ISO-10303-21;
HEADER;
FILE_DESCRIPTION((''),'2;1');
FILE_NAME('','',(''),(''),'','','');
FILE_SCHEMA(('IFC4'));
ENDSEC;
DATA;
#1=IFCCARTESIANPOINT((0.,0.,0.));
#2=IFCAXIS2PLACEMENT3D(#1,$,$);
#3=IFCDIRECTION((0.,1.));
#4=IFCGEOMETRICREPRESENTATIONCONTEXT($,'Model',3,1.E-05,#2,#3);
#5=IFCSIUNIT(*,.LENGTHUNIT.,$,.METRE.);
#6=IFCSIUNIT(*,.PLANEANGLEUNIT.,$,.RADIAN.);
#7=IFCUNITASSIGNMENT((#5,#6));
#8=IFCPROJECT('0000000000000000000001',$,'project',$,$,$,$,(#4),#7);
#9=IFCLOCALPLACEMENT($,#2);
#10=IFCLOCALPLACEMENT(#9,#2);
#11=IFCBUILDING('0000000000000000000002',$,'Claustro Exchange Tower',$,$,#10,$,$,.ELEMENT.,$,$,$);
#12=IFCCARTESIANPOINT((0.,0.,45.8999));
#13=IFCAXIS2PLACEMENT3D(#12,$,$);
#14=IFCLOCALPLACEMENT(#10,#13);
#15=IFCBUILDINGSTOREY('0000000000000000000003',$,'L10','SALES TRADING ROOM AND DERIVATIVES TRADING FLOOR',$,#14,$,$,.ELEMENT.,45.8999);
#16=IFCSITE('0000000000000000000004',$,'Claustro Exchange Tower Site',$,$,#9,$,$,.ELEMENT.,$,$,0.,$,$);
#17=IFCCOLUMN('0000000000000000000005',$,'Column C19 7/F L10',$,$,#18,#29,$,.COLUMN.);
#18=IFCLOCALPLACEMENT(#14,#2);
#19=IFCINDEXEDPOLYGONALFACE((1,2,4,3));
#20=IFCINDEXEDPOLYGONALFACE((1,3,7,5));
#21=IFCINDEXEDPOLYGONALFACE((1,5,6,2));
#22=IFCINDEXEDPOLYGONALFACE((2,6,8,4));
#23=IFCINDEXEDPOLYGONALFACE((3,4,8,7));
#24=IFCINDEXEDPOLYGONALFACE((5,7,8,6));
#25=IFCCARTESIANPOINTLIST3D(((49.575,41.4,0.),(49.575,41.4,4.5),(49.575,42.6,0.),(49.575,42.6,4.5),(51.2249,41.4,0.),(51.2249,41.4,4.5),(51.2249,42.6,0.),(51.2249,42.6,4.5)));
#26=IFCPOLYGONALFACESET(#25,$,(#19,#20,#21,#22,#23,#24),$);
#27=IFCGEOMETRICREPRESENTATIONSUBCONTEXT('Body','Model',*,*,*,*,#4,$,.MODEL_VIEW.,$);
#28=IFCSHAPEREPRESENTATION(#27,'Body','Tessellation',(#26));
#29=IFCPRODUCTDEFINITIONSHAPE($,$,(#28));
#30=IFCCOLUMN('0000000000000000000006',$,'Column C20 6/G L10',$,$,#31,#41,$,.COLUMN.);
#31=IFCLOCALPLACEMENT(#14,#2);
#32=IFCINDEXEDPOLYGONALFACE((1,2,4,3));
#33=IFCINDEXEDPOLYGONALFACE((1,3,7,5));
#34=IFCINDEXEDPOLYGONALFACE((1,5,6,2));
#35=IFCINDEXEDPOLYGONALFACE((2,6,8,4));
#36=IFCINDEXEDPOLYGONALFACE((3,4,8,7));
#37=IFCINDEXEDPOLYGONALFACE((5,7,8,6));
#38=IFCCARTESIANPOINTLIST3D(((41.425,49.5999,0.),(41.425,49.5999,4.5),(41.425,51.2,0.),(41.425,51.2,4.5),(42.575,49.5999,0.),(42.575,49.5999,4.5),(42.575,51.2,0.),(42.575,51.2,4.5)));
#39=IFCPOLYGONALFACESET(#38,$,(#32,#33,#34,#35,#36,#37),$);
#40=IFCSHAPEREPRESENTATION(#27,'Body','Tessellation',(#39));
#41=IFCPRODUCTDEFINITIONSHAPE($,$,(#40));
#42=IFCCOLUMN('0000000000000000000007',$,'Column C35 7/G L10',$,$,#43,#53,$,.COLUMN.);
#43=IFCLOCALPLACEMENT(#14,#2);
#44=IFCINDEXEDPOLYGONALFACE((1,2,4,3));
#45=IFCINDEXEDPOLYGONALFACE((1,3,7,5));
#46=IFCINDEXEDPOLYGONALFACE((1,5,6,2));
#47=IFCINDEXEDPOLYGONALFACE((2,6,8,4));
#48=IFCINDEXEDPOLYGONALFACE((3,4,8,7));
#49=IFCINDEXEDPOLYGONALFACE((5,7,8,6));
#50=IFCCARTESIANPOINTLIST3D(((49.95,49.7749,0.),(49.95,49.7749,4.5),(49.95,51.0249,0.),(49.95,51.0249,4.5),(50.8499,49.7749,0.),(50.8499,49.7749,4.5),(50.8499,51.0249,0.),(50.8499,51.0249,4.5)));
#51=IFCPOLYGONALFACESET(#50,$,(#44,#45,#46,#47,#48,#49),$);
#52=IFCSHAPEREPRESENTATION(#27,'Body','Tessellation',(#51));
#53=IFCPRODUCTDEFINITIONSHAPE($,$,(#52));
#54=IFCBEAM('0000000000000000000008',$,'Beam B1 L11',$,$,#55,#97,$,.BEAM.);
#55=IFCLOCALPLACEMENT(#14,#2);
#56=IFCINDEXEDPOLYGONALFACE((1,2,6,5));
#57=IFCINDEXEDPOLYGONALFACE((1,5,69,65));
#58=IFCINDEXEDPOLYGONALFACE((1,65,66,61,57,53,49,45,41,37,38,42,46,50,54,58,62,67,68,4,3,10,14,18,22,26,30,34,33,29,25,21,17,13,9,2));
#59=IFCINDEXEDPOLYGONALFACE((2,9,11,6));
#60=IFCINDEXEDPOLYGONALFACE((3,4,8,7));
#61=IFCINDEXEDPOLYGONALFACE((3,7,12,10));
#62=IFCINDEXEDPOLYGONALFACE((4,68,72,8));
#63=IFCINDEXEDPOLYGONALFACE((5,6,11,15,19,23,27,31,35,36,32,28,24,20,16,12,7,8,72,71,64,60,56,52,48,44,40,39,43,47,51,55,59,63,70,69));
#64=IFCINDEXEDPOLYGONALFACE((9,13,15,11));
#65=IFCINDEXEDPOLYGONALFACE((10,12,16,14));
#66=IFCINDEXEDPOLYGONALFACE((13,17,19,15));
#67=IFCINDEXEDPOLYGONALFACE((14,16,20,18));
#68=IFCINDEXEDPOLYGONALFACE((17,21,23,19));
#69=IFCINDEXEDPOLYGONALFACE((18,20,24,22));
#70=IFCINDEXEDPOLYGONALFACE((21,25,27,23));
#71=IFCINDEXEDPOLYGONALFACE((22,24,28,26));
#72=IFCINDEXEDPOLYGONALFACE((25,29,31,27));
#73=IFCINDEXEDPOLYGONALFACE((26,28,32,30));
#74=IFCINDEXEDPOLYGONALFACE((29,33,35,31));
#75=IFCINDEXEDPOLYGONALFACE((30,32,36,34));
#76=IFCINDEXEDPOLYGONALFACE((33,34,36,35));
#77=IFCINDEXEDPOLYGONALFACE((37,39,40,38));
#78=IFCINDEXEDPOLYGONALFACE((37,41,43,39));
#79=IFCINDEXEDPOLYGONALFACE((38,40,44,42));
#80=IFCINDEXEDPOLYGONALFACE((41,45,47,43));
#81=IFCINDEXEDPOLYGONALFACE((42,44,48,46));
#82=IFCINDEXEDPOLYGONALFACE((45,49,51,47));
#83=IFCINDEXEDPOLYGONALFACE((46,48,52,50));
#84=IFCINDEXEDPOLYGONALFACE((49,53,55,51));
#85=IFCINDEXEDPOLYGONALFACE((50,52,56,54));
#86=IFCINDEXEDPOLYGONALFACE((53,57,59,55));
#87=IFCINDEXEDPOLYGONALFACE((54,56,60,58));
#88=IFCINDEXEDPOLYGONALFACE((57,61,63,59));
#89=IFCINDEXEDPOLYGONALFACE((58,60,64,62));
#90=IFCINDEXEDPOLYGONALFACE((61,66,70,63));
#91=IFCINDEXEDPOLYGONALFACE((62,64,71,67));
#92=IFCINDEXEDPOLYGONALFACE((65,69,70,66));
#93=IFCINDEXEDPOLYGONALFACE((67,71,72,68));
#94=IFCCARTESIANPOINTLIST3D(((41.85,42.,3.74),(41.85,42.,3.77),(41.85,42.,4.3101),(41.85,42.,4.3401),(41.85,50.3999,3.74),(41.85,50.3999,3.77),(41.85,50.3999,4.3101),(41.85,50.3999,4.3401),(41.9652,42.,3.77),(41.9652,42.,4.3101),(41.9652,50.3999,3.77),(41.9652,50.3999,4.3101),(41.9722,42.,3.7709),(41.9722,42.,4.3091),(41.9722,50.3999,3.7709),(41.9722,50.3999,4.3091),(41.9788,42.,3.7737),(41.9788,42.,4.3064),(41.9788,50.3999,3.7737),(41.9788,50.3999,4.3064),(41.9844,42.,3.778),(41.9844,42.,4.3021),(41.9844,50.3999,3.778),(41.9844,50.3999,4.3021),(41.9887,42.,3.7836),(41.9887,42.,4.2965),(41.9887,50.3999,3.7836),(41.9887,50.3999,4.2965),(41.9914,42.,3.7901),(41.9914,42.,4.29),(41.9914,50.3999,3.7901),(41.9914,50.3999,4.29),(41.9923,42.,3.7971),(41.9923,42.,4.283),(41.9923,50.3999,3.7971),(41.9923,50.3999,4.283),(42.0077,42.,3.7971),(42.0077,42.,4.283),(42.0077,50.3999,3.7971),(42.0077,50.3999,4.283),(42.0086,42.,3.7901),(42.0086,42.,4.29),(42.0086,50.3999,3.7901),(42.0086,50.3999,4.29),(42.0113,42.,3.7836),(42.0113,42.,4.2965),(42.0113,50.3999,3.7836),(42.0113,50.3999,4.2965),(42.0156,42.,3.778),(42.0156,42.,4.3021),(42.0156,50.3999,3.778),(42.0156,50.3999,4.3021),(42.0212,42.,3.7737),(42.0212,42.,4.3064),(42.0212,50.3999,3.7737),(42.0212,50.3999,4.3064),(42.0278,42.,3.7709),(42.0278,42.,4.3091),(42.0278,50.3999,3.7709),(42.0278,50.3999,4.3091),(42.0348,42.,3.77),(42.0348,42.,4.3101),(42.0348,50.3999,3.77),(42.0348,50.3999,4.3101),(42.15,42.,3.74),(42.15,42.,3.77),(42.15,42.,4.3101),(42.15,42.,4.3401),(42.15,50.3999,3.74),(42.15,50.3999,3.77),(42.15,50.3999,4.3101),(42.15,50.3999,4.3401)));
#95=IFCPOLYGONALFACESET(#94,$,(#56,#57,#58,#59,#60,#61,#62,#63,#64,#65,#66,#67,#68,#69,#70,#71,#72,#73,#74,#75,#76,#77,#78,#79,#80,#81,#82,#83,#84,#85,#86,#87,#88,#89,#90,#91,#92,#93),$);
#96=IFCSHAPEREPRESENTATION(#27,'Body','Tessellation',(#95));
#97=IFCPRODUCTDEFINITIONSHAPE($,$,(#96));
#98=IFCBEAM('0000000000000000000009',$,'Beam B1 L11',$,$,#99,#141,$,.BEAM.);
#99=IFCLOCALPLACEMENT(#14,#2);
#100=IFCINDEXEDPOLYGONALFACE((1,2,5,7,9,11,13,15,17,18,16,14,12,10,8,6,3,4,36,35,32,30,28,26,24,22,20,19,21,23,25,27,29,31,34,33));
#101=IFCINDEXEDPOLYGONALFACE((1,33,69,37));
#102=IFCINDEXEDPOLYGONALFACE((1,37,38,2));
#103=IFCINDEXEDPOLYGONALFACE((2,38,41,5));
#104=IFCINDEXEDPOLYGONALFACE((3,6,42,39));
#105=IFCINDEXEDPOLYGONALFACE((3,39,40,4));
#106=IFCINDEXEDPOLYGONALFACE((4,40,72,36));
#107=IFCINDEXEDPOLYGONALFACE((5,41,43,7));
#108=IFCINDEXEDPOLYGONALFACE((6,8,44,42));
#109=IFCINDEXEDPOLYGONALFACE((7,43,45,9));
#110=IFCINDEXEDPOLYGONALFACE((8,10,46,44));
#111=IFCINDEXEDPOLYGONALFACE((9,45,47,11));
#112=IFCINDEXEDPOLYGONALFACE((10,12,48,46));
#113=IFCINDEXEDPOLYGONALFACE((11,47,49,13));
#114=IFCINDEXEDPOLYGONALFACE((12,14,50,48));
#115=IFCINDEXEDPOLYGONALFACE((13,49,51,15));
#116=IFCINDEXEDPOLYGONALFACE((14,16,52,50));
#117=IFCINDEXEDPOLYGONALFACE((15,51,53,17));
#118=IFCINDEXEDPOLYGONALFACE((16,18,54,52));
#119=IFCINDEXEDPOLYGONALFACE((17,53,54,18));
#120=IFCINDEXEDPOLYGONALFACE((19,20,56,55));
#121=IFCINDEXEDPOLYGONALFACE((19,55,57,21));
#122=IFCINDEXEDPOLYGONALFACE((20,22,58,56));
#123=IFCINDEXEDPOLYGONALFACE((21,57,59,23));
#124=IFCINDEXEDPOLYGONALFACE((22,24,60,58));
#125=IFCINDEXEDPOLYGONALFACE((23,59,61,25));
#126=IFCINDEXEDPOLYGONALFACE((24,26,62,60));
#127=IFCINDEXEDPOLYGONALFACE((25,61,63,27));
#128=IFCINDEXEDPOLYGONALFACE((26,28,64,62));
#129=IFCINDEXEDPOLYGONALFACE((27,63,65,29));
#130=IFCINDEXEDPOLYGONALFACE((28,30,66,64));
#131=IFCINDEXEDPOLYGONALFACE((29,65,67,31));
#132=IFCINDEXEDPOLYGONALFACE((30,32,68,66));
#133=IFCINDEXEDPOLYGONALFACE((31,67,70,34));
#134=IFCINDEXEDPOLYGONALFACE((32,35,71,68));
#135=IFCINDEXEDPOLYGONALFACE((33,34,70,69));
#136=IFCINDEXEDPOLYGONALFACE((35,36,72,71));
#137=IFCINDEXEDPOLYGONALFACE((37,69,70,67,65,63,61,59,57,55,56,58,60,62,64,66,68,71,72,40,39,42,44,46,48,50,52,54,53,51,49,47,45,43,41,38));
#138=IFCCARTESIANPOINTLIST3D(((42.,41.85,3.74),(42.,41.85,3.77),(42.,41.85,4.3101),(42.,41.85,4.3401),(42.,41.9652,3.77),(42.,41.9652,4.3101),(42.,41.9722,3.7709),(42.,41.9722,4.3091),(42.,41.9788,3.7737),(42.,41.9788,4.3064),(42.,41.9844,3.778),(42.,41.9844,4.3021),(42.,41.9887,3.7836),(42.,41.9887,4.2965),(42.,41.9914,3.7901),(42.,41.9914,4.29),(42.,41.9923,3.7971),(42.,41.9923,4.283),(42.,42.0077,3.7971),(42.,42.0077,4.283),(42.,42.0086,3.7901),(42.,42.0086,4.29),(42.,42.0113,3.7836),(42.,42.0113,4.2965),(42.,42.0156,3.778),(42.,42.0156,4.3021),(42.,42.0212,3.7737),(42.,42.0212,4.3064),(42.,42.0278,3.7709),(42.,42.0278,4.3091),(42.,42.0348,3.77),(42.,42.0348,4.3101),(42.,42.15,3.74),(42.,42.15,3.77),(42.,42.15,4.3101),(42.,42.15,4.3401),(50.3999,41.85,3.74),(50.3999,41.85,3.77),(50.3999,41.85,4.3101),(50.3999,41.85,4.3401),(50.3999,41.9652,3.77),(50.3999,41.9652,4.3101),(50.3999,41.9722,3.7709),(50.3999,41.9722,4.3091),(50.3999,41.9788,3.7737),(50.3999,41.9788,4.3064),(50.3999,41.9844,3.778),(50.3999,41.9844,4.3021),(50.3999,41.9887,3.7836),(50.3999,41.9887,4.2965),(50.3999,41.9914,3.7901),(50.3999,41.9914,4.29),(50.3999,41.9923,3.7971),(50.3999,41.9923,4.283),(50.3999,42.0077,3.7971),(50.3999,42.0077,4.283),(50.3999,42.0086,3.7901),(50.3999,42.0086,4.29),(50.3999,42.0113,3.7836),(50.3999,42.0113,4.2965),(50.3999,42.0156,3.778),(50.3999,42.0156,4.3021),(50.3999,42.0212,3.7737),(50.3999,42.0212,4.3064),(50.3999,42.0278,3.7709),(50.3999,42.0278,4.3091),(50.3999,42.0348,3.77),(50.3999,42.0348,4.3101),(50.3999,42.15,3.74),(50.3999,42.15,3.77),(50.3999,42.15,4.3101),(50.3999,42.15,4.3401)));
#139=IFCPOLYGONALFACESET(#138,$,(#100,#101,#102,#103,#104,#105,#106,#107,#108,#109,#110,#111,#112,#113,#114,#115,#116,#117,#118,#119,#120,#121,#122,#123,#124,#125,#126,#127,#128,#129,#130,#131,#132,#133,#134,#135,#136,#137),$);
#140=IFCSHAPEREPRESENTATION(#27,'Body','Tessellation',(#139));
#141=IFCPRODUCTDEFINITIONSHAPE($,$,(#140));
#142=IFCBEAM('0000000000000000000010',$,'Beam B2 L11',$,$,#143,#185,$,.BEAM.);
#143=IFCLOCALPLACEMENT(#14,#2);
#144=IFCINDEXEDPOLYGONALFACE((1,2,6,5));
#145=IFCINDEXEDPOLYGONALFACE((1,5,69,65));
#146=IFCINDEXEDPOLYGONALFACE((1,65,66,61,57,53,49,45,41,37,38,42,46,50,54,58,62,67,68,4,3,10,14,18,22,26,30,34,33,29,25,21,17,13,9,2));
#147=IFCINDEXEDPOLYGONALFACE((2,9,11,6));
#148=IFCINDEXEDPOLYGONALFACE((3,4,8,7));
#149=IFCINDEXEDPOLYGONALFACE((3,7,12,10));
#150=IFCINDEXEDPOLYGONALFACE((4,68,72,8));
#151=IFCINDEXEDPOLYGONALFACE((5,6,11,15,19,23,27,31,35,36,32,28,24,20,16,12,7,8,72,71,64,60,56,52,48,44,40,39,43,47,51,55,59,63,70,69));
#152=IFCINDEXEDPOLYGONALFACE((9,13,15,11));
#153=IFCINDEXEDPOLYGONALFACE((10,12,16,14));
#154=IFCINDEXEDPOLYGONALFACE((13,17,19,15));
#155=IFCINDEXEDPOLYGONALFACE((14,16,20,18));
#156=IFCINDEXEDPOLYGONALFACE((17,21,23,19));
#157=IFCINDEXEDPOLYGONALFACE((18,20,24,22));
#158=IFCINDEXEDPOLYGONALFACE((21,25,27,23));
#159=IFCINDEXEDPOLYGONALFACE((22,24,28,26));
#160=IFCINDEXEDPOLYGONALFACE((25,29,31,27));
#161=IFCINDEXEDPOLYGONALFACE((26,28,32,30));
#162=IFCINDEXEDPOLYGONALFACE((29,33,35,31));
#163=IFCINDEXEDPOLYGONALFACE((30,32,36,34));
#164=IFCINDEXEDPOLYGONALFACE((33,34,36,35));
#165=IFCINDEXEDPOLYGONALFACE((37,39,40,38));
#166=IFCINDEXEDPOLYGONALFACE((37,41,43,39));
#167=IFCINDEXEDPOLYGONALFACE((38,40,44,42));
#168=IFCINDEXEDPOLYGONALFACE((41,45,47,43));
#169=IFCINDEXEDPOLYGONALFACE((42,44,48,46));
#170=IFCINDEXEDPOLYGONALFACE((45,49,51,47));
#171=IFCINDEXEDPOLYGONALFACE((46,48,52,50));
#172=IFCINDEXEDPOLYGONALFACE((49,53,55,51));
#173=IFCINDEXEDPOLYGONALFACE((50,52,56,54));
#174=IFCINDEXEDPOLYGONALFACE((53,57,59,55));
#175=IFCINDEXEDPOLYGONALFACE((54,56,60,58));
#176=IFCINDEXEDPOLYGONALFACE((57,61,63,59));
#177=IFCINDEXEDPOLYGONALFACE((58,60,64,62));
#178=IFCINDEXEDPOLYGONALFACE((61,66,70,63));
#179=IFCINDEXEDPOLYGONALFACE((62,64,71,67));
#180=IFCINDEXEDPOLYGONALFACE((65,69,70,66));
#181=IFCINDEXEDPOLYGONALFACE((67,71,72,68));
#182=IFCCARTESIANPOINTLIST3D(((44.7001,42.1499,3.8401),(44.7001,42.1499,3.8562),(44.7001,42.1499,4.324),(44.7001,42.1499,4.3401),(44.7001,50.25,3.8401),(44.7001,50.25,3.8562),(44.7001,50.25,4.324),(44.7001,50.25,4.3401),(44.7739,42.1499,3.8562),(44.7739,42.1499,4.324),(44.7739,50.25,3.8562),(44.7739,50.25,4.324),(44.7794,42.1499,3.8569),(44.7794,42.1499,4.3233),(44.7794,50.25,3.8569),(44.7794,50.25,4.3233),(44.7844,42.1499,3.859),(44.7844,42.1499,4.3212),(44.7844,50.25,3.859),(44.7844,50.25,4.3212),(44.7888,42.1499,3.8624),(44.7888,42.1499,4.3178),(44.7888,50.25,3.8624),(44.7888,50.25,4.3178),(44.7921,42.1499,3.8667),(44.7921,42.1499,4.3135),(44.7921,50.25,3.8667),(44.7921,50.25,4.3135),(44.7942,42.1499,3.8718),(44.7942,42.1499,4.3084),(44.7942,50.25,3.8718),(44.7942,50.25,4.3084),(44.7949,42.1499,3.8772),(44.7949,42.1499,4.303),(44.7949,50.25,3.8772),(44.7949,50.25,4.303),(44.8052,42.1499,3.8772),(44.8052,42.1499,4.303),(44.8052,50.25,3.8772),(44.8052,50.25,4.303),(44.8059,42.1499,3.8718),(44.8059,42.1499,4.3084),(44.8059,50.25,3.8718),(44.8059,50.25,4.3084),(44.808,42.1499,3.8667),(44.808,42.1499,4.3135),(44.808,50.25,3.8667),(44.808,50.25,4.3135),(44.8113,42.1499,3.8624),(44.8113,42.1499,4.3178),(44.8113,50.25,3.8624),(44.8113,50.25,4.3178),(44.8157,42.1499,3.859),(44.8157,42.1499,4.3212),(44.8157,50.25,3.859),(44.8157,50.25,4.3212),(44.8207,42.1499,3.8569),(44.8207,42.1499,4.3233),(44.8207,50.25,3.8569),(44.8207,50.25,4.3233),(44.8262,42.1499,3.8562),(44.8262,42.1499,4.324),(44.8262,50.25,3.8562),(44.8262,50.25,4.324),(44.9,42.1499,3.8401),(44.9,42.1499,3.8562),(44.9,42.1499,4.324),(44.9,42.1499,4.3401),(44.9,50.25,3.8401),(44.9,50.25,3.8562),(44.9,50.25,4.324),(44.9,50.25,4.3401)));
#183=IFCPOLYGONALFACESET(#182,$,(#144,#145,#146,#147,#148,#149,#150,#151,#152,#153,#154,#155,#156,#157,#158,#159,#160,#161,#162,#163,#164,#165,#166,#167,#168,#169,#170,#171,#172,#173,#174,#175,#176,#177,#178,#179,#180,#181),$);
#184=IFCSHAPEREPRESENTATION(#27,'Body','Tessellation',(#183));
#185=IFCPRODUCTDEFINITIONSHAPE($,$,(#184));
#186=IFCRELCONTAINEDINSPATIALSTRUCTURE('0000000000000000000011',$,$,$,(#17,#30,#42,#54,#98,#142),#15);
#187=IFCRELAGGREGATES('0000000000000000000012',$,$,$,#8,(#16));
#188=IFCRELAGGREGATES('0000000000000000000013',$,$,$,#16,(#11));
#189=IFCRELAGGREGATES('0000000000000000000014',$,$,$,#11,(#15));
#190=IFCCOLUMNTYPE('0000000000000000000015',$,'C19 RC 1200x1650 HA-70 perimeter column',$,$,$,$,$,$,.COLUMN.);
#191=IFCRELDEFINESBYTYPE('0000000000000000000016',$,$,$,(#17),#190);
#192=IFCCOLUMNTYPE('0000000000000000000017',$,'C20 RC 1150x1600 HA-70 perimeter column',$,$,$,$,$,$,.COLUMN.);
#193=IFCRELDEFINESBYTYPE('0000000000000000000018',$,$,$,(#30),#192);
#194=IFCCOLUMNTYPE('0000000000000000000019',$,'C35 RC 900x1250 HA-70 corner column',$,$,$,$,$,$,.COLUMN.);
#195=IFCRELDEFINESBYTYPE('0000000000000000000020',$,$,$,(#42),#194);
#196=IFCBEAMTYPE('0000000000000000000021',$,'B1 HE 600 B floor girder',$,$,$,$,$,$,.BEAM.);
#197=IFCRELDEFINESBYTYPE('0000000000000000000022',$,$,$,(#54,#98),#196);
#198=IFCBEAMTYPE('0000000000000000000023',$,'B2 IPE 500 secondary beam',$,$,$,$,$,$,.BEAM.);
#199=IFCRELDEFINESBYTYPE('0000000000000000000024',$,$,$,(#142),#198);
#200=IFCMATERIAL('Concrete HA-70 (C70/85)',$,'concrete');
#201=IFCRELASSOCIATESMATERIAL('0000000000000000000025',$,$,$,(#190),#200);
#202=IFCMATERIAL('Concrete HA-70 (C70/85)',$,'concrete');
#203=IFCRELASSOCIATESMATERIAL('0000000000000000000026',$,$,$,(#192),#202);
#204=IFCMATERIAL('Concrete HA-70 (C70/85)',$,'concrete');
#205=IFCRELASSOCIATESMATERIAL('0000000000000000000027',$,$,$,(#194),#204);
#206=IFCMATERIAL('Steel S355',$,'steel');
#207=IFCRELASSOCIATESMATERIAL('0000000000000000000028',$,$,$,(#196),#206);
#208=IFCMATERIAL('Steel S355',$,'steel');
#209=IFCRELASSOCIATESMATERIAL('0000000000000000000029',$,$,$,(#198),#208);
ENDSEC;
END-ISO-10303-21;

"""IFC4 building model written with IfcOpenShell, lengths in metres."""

from ifc_helpers import new_model, si_unit, direction, frame, origin, origin_2d, place, context, subcontext, project, spatial, rectangle, i_section, extrude, material, material_profile, profile_set, type_object, element, save


model = new_model("IFC4")

# Units and contexts
model_context = context("Model", 3, precision=1e-05, world=origin(), true_north=direction((0.0, 1.0)))
body_context = subcontext(model_context, "Body", "Model", "MODEL_VIEW")
ifc_project = project(units=[si_unit("LENGTHUNIT", "METRE"), si_unit("PLANEANGLEUNIT", "RADIAN")], contexts=[model_context])

# Site, building, storey
site_placement = place(None, origin())
site = spatial("IfcSite", under=ifc_project, at=site_placement, Name="Claustro Exchange Tower Site", CompositionType="ELEMENT", RefElevation=0.0)
building_placement = place(site_placement, origin())
building = spatial("IfcBuilding", under=site, at=building_placement, Name="Claustro Exchange Tower", CompositionType="ELEMENT")
storey_placement = place(building_placement, frame((0.0, 0.0, 45.8999)))
storey = spatial("IfcBuildingStorey", under=building, at=storey_placement, Name="L10", Description="SALES TRADING ROOM AND DERIVATIVES TRADING FLOOR", CompositionType="ELEMENT", Elevation=45.8999)

# Columns
ifc_material_1 = material(Name="Concrete HA-70 (C70/85)", Category="concrete")
ifc_material_profile_1 = material_profile(ifc_material_1, rectangle(XDim=1.2, YDim=1.6499, at=origin_2d()), Name="RC 1200x1650")
ifc_profile_set_1 = profile_set([ifc_material_profile_1], Name="Concrete HA-70 (C70/85)")
column_type_1 = type_object("IfcColumnType", Name="C19 RC 1200x1650 HA-70 perimeter column", PredefinedType="COLUMN", material=ifc_profile_set_1)
column_1_placement = place(storey_placement, frame((50.3999, 42.0, 0.0), z_axis=(0.0, 0.0, 1.0), x_axis=(0.0, 1.0, 0.0)))
element("IfcColumn", 1, at=column_1_placement, inside=storey, type_object=column_type_1, Name="Column C19 7/F L10", PredefinedType="COLUMN", context=body_context, shape_type="SweptSolid", body=[
    extrude(rectangle(XDim=1.2, YDim=1.6499, at=origin_2d()), origin(), (0.0, 0.0, 1.0), 4.5),
])
ifc_material_2 = material(Name="Concrete HA-70 (C70/85)", Category="concrete")
ifc_material_profile_2 = material_profile(ifc_material_2, rectangle(XDim=1.1499, YDim=1.6001, at=origin_2d()), Name="RC 1150x1600")
ifc_profile_set_2 = profile_set([ifc_material_profile_2], Name="Concrete HA-70 (C70/85)")
column_type_2 = type_object("IfcColumnType", Name="C20 RC 1150x1600 HA-70 perimeter column", PredefinedType="COLUMN", material=ifc_profile_set_2)
column_2_placement = place(storey_placement, frame((42.0, 50.3999, 0.0), z_axis=(0.0, 0.0, 1.0), x_axis=(1.0, 0.0, 0.0)))
element("IfcColumn", 2, at=column_2_placement, inside=storey, type_object=column_type_2, Name="Column C20 6/G L10", PredefinedType="COLUMN", context=body_context, shape_type="SweptSolid", body=[
    extrude(rectangle(XDim=1.1499, YDim=1.6001, at=origin_2d()), origin(), (0.0, 0.0, 1.0), 4.5),
])
ifc_material_3 = material(Name="Concrete HA-70 (C70/85)", Category="concrete")
ifc_material_profile_3 = material_profile(ifc_material_3, rectangle(XDim=0.8999, YDim=1.25, at=origin_2d()), Name="RC 900x1250")
ifc_profile_set_3 = profile_set([ifc_material_profile_3], Name="Concrete HA-70 (C70/85)")
column_type_3 = type_object("IfcColumnType", Name="C35 RC 900x1250 HA-70 corner column", PredefinedType="COLUMN", material=ifc_profile_set_3)
column_3_placement = place(storey_placement, frame((50.3999, 50.3999, 0.0), z_axis=(0.0, 0.0, 1.0), x_axis=(1.0, 0.0, 0.0)))
element("IfcColumn", 3, at=column_3_placement, inside=storey, type_object=column_type_3, Name="Column C35 7/G L10", PredefinedType="COLUMN", context=body_context, shape_type="SweptSolid", body=[
    extrude(rectangle(XDim=0.8999, YDim=1.25, at=origin_2d()), origin(), (0.0, 0.0, 1.0), 4.5),
])

# Beams
ifc_material_4 = material(Name="Steel S355", Category="steel")
ifc_material_profile_4 = material_profile(ifc_material_4, i_section(OverallWidth=0.3, OverallDepth=0.6001, WebThickness=0.0154, FlangeThickness=0.03, FilletRadius=0.0271, at=origin_2d()), Name="HE 600 B")
ifc_profile_set_4 = profile_set([ifc_material_profile_4], Name="Steel S355")
beam_type_1 = type_object("IfcBeamType", Name="B1 HE 600 B floor girder", PredefinedType="BEAM", material=ifc_profile_set_4)
for number, where, z_axis, x_axis, name in (
    (4, (42.0, 42.0, 4.04), (0.0, 1.0, 0.0), (-1.0, 0.0, 0.0), "Beam B1 L11"),
    (5, (42.0, 42.0, 4.04), (1.0, 0.0, 0.0), (0.0, 1.0, 0.0), "Beam B1 L11"),
):
    element("IfcBeam", number, at=place(storey_placement, frame(where, z_axis=z_axis, x_axis=x_axis)), inside=storey, type_object=beam_type_1, Name=name, PredefinedType="BEAM", context=body_context, shape_type="SweptSolid", body=[
        extrude(i_section(OverallWidth=0.3, OverallDepth=0.6001, WebThickness=0.0154, FlangeThickness=0.03, FilletRadius=0.0271, at=origin_2d()), origin(), (0.0, 0.0, 1.0), 8.3999),
    ])
ifc_material_5 = material(Name="Steel S355", Category="steel")
ifc_material_profile_5 = material_profile(ifc_material_5, i_section(OverallWidth=0.2, OverallDepth=0.5, WebThickness=0.0103, FlangeThickness=0.0161, FilletRadius=0.021, at=origin_2d()), Name="IPE 500")
ifc_profile_set_5 = profile_set([ifc_material_profile_5], Name="Steel S355")
beam_type_2 = type_object("IfcBeamType", Name="B2 IPE 500 secondary beam", PredefinedType="BEAM", material=ifc_profile_set_5)
for number, where, z_axis, x_axis, name in (
    (6, (44.8, 42.1499, 4.0901), (0.0, 1.0, 0.0), (-1.0, 0.0, 0.0), "Beam B2 L11"),
):
    element("IfcBeam", number, at=place(storey_placement, frame(where, z_axis=z_axis, x_axis=x_axis)), inside=storey, type_object=beam_type_2, Name=name, PredefinedType="BEAM", context=body_context, shape_type="SweptSolid", body=[
        extrude(i_section(OverallWidth=0.2, OverallDepth=0.5, WebThickness=0.0103, FlangeThickness=0.0161, FilletRadius=0.021, at=origin_2d()), origin(), (0.0, 0.0, 1.0), 8.1001),
    ])

save(model, "model.ifc")
